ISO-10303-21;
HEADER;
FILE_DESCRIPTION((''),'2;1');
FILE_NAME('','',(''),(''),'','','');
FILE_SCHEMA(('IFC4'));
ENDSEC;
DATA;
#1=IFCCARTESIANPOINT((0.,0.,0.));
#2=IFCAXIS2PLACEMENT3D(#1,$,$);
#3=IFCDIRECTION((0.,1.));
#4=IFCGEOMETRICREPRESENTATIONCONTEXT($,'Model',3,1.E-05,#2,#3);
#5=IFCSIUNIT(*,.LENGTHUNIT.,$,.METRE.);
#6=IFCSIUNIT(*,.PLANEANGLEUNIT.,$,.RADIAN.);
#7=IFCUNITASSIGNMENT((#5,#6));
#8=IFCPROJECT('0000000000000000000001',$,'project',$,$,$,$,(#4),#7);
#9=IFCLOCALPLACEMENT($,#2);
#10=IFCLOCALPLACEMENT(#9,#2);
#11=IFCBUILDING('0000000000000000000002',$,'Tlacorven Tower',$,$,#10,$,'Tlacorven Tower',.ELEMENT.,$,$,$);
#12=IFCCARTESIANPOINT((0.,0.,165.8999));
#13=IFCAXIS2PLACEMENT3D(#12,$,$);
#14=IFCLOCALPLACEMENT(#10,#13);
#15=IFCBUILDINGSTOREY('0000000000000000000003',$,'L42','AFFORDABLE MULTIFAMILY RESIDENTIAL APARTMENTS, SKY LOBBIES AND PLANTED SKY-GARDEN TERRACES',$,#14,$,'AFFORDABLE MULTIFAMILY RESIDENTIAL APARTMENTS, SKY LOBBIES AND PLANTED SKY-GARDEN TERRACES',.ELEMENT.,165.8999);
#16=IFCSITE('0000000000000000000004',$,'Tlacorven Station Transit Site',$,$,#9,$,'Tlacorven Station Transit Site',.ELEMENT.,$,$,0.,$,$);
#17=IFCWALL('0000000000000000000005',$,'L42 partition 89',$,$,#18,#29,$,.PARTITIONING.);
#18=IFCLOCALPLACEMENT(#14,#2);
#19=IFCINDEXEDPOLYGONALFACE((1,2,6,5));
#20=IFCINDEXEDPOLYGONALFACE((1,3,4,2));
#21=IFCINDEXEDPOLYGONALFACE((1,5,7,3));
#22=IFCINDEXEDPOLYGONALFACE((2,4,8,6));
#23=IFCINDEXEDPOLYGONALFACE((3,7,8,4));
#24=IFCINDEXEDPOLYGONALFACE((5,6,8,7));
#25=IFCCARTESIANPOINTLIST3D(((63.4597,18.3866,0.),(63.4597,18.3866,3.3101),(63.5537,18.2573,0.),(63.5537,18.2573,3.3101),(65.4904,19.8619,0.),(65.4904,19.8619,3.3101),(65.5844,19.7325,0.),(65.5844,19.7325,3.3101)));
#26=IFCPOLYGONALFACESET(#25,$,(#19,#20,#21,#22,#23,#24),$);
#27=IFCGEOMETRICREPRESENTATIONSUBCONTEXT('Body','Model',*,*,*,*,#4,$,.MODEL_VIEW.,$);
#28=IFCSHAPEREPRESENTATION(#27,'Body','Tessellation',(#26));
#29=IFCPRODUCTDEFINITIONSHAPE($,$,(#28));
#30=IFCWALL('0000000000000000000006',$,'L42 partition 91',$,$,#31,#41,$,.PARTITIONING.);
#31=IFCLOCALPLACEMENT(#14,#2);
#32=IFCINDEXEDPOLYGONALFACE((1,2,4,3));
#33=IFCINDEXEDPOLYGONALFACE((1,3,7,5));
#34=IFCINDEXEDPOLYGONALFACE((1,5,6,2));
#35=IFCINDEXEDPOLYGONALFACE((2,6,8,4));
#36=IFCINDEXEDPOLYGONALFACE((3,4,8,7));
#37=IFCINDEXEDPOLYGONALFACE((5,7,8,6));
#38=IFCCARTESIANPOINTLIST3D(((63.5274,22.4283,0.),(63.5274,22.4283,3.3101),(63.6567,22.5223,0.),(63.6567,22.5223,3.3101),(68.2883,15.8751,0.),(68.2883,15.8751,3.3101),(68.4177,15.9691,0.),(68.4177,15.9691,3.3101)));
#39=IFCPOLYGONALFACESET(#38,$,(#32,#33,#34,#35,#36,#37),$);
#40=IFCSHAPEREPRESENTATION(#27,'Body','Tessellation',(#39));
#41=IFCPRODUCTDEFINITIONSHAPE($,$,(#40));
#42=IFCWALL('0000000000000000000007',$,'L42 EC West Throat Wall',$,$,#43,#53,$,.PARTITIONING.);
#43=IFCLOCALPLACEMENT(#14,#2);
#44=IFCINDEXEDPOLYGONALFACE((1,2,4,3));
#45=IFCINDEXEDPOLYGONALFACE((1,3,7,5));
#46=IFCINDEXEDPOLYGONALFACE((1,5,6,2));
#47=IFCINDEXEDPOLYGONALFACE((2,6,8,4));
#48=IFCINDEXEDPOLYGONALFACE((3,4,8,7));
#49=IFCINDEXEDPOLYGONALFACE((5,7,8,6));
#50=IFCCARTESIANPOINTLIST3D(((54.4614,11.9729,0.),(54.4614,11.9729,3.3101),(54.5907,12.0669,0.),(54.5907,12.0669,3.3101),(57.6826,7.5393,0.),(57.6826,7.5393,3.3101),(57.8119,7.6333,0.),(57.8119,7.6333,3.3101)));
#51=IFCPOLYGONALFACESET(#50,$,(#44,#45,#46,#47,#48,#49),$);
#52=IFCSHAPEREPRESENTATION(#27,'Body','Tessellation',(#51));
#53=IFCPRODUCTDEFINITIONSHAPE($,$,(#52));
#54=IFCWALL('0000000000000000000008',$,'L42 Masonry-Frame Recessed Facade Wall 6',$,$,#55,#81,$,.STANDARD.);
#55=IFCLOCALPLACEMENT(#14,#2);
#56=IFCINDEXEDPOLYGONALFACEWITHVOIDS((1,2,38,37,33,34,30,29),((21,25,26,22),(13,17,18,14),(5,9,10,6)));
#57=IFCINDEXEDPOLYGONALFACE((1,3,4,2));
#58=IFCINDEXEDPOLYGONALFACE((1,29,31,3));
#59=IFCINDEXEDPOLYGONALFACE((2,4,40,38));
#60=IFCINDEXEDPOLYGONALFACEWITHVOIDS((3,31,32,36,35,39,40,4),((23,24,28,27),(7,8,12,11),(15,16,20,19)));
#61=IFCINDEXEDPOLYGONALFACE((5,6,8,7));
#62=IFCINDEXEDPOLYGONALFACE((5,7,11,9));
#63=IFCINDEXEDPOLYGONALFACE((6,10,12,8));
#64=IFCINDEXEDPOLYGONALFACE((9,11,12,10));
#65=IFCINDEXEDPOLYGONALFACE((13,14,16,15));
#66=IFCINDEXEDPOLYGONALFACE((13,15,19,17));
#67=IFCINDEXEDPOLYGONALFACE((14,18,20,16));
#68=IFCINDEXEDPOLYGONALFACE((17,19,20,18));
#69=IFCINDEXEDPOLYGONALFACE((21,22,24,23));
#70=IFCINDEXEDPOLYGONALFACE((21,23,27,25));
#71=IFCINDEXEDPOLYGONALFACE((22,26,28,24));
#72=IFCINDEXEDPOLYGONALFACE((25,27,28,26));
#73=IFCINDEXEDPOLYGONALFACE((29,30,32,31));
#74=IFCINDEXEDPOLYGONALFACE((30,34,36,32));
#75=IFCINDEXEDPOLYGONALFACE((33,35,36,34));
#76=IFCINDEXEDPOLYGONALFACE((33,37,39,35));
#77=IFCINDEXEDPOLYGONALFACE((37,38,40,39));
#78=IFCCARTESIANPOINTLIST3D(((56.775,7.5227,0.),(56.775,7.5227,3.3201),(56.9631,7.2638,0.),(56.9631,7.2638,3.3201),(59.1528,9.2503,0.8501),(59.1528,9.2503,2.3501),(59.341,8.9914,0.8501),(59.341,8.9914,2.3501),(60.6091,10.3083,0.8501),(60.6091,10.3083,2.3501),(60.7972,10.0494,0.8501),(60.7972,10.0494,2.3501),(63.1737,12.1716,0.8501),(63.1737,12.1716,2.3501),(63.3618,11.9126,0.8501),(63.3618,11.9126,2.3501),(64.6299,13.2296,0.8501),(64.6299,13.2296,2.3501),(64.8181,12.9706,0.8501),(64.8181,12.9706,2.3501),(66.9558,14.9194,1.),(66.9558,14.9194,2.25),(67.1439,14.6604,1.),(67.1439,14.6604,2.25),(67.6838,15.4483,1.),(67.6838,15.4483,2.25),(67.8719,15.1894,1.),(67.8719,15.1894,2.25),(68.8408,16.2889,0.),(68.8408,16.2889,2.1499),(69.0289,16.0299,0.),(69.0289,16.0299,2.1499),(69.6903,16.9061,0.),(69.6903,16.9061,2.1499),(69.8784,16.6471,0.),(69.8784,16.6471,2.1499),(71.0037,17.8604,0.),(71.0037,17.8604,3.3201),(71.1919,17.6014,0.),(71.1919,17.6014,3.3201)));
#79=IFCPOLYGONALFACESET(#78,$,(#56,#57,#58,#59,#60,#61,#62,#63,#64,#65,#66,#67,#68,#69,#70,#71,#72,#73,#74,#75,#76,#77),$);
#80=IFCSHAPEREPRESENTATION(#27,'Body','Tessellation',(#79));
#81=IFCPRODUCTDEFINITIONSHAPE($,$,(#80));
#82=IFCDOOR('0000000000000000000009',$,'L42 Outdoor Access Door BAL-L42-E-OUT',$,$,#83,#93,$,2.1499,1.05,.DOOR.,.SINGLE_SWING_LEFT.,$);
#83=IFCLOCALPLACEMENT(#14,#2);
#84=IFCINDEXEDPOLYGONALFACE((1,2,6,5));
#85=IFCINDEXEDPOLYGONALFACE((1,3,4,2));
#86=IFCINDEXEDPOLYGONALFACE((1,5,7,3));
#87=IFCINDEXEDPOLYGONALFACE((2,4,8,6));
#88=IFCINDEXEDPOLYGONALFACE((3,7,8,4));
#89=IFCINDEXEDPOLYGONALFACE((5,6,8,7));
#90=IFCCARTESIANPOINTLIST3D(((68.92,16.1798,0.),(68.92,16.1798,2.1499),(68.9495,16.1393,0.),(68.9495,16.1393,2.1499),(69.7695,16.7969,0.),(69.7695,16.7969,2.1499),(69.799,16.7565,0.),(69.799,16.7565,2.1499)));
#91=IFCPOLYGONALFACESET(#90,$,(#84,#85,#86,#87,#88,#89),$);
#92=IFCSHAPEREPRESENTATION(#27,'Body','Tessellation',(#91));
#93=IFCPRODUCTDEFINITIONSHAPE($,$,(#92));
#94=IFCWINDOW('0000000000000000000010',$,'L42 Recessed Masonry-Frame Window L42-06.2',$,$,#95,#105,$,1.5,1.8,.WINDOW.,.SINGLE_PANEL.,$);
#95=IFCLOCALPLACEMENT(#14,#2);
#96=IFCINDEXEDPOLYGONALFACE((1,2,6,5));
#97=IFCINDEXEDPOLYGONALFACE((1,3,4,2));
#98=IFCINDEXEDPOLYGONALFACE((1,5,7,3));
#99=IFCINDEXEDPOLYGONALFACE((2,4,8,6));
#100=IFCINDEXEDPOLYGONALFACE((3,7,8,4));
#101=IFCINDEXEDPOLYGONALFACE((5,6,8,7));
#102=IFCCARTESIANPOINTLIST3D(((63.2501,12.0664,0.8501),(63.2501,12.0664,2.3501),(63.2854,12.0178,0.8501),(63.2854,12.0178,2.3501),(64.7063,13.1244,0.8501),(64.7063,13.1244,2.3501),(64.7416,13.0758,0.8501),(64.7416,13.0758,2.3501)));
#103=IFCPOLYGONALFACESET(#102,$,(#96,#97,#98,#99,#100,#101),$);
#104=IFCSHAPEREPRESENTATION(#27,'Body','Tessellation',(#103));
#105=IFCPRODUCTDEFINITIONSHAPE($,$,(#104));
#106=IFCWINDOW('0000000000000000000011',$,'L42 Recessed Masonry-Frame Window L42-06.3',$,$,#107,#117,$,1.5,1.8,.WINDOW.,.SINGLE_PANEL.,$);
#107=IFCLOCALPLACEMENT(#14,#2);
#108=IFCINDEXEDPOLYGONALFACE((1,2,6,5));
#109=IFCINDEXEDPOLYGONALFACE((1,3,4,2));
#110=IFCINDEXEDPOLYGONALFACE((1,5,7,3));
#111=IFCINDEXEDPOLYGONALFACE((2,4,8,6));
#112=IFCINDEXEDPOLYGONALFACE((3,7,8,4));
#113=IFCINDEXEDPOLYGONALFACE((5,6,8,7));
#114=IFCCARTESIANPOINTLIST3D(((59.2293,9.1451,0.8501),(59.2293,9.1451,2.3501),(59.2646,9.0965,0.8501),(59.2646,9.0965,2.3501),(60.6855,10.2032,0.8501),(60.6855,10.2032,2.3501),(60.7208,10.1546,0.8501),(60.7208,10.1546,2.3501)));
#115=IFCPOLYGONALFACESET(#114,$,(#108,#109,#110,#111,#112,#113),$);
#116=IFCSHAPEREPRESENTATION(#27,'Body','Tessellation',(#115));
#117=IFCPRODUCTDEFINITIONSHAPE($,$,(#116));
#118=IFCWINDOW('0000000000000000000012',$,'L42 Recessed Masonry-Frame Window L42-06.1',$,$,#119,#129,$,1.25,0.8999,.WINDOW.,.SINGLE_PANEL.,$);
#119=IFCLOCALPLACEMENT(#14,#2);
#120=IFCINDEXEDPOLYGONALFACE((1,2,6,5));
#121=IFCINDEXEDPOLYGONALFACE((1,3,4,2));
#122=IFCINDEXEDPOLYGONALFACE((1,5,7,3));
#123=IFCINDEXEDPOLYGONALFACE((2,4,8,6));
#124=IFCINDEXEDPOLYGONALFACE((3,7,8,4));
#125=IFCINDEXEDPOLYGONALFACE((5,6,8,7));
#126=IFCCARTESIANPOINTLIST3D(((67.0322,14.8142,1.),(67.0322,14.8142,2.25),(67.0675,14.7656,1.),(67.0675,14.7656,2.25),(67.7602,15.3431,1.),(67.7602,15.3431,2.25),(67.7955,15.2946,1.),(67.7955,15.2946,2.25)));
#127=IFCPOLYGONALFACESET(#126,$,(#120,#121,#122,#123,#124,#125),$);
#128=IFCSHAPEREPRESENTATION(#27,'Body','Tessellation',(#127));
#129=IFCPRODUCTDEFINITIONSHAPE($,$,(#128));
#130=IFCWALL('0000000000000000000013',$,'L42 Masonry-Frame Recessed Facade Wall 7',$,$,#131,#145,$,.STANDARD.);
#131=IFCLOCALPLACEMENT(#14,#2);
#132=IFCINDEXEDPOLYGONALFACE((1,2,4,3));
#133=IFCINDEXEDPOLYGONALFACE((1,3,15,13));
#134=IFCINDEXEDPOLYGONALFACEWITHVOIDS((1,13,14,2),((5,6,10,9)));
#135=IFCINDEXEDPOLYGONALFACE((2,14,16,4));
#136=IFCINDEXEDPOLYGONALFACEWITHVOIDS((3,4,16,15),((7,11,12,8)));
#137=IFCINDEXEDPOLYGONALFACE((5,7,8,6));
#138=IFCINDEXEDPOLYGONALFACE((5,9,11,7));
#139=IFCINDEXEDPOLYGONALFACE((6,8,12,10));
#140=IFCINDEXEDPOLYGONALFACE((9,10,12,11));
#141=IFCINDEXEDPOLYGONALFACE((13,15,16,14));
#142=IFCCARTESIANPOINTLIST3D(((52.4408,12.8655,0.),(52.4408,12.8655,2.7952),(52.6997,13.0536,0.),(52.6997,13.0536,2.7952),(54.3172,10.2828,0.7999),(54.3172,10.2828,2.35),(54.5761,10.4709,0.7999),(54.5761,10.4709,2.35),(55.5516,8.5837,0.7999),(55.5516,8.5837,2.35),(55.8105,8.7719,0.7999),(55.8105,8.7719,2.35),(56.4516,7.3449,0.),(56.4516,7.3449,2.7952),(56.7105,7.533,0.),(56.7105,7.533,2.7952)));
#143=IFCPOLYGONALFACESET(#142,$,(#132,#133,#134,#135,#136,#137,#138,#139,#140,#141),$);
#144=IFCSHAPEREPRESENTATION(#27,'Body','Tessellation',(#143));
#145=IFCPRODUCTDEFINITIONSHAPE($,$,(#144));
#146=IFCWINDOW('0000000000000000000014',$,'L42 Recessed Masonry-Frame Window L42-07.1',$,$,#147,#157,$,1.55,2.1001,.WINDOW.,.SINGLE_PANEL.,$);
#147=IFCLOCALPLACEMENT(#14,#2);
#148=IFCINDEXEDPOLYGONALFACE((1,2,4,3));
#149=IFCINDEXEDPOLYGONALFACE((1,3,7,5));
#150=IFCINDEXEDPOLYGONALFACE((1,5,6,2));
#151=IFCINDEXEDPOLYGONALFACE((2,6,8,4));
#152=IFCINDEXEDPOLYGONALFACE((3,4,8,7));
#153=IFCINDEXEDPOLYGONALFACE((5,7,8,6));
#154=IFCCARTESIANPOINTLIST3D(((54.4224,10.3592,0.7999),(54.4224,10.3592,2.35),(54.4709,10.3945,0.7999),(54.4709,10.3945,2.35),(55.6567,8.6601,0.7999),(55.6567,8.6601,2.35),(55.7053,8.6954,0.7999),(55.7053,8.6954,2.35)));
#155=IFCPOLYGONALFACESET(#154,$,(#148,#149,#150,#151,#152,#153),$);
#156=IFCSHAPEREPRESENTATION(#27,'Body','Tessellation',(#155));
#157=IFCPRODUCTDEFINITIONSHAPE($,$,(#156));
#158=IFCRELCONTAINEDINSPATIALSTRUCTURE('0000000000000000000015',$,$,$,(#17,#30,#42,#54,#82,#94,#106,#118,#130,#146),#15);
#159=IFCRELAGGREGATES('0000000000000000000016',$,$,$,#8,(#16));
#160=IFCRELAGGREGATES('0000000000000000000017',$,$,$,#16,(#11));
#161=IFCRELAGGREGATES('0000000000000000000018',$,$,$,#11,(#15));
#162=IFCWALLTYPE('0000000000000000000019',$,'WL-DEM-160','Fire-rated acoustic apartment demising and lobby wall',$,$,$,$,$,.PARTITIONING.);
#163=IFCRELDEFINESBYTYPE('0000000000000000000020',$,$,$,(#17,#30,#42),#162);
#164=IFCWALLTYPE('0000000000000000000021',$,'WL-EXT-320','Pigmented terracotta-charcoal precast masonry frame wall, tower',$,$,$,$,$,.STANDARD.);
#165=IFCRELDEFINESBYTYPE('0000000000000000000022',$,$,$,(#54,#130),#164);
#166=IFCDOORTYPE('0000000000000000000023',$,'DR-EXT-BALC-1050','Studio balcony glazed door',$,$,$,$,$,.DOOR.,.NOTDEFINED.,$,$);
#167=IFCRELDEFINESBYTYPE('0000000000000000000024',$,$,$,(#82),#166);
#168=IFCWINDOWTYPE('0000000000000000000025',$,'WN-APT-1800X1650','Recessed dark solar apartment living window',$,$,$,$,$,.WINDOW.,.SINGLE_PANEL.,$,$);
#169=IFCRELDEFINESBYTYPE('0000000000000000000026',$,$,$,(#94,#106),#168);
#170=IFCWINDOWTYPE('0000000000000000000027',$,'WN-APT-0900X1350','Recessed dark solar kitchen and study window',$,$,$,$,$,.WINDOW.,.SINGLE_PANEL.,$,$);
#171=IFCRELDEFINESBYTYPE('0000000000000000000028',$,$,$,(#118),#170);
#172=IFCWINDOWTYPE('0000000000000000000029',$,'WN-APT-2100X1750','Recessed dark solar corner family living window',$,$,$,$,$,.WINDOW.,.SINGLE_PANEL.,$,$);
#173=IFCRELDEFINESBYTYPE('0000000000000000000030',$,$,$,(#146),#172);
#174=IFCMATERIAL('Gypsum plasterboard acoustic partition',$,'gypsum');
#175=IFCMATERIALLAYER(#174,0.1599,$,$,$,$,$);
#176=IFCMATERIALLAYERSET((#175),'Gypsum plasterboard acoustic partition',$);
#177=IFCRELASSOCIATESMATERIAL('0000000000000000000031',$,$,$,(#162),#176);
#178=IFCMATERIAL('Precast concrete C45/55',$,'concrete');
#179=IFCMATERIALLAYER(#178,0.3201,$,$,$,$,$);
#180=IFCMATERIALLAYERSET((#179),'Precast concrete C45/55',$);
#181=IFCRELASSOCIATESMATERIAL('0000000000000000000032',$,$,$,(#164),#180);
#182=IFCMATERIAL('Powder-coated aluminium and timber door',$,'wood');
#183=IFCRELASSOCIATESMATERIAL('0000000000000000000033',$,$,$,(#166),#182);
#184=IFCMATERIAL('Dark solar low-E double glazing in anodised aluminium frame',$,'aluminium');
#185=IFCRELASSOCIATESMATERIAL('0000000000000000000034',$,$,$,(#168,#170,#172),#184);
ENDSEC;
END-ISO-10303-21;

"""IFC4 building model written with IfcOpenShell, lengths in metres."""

from ifc_helpers import new_model, si_unit, direction, frame, frame_2d, origin, place, context, subcontext, project, spatial, rectangle, extrude, source, transform, mapped, material, layer, layer_set, type_object, element, fill, save


model = new_model("IFC4")

# Units and contexts
model_context = context("Model", 3, precision=1e-05, world=origin(), true_north=direction((0.0, 1.0)))
body_context = subcontext(model_context, "Body", "Model", "MODEL_VIEW")
ifc_project = project(units=[si_unit("LENGTHUNIT", "METRE"), si_unit("PLANEANGLEUNIT", "RADIAN")], contexts=[model_context])

# Site, building, storey
site_placement = place(None, origin())
site = spatial("IfcSite", under=ifc_project, at=site_placement, Name="Tlacorven Station Transit Site", LongName="Tlacorven Station Transit Site", CompositionType="ELEMENT", RefElevation=0.0)
building_placement = place(site_placement, origin())
building = spatial("IfcBuilding", under=site, at=building_placement, Name="Tlacorven Tower", LongName="Tlacorven Tower", CompositionType="ELEMENT")
storey_placement = place(building_placement, frame((0.0, 0.0, 165.8999)))
storey = spatial("IfcBuildingStorey", under=building, at=storey_placement, Name="L42", Description="AFFORDABLE MULTIFAMILY RESIDENTIAL APARTMENTS, SKY LOBBIES AND PLANTED SKY-GARDEN TERRACES", LongName="AFFORDABLE MULTIFAMILY RESIDENTIAL APARTMENTS, SKY LOBBIES AND PLANTED SKY-GARDEN TERRACES", CompositionType="ELEMENT", Elevation=165.8999)

# Walls
ifc_material_1 = material(Name="Gypsum plasterboard acoustic partition", Category="gypsum")
ifc_layer_1 = layer(ifc_material_1, 0.1599)
ifc_layer_set_1 = layer_set([ifc_layer_1], Name="Gypsum plasterboard acoustic partition")
wall_type_1 = type_object("IfcWallType", Name="WL-DEM-160", Description="Fire-rated acoustic apartment demising and lobby wall", PredefinedType="PARTITIONING", material=ifc_layer_set_1)
wall_1_placement = place(storey_placement, frame((63.5068, 18.322, 0.0), z_axis=(0.0, 0.0, 1.0), x_axis=(0.809035, 0.587761, 0.0)))
element("IfcWall", 1, at=wall_1_placement, inside=storey, type_object=wall_type_1, Name="L42 partition 89", PredefinedType="PARTITIONING", context=body_context, shape_type="SweptSolid", body=[
    extrude(rectangle(XDim=2.51, YDim=0.1599, at=frame_2d((1.2549, 0.0))), origin(), (0.0, 0.0, 1.0), 3.3101),
])
wall_2_placement = place(storey_placement, frame((68.353, 15.9221, 0.0), z_axis=(0.0, 0.0, 1.0), x_axis=(-0.587768, 0.809029, 0.0)))
element("IfcWall", 2, at=wall_2_placement, inside=storey, type_object=wall_type_1, Name="L42 partition 91", PredefinedType="PARTITIONING", context=body_context, shape_type="SweptSolid", body=[
    extrude(rectangle(XDim=8.1001, YDim=0.1599, at=frame_2d((4.05, 0.0))), origin(), (0.0, 0.0, 1.0), 3.3101),
])
wall_3_placement = place(storey_placement, frame((57.7473, 7.5862, 0.0), z_axis=(0.0, 0.0, 1.0), x_axis=(-0.587785, 0.809017, 0.0)))
element("IfcWall", 3, at=wall_3_placement, inside=storey, type_object=wall_type_1, Name="L42 EC West Throat Wall", PredefinedType="PARTITIONING", context=body_context, shape_type="SweptSolid", body=[
    extrude(rectangle(XDim=5.4802, YDim=0.1599, at=frame_2d((2.7402, 0.0))), origin(), (0.0, 0.0, 1.0), 3.3101),
])

# Wall, openings, door, windows
ifc_material_2 = material(Name="Precast concrete C45/55", Category="concrete")
ifc_layer_2 = layer(ifc_material_2, 0.3201)
ifc_layer_set_2 = layer_set([ifc_layer_2], Name="Precast concrete C45/55")
wall_type_2 = type_object("IfcWallType", Name="WL-EXT-320", Description="Pigmented terracotta-charcoal precast masonry frame wall, tower", PredefinedType="STANDARD", material=ifc_layer_set_2)
wall_4_placement = place(storey_placement, frame((71.0979, 17.731, 0.0), z_axis=(0.0, 0.0, 1.0), x_axis=(-0.809021, -0.58778, 0.0)))
wall_4 = element("IfcWall", 4, at=wall_4_placement, inside=storey, type_object=wall_type_2, Name="L42 Masonry-Frame Recessed Facade Wall 6", PredefinedType="STANDARD", context=body_context, shape_type="SweptSolid", body=[
    extrude(rectangle(XDim=17.5876, YDim=0.3201, at=frame_2d((8.7939, 0.0))), origin(), (0.0, 0.0, 1.0), 3.3201),
])
opening_1_placement = place(wall_4_placement, frame((1.6238, 0.0, 0.0)))
opening_1 = element("IfcOpeningElement", 5, at=opening_1_placement, cuts=wall_4, PredefinedType="OPENING", context=body_context, shape_type="SweptSolid", body=[
    extrude(rectangle(XDim=1.05, YDim=2.1499, at=frame_2d((0.5249, 1.075))), frame((0.0, 0.1699, 0.0), z_axis=(0.0, -1.0, 0.0), x_axis=(1.0, 0.0, 0.0)), (0.0, 0.0, 1.0), 0.3401),
])
opening_2_placement = place(wall_4_placement, frame((4.1038, 0.0, 1.0)))
opening_2 = element("IfcOpeningElement", 6, at=opening_2_placement, cuts=wall_4, PredefinedType="OPENING", context=body_context, shape_type="SweptSolid", body=[
    extrude(rectangle(XDim=0.8999, YDim=1.25, at=frame_2d((0.45, 0.625))), frame((0.0, 0.1699, 0.0), z_axis=(0.0, -1.0, 0.0), x_axis=(1.0, 0.0, 0.0)), (0.0, 0.0, 1.0), 0.3401),
])
opening_3_placement = place(wall_4_placement, frame((7.8787, 0.0, 0.8501)))
opening_3 = element("IfcOpeningElement", 7, at=opening_3_placement, cuts=wall_4, PredefinedType="OPENING", context=body_context, shape_type="SweptSolid", body=[
    extrude(rectangle(XDim=1.8, YDim=1.5, at=frame_2d((0.8999, 0.75))), frame((0.0, 0.1699, 0.0), z_axis=(0.0, -1.0, 0.0), x_axis=(1.0, 0.0, 0.0)), (0.0, 0.0, 1.0), 0.3401),
])
opening_4_placement = place(wall_4_placement, frame((12.8486, 0.0, 0.8501)))
opening_4 = element("IfcOpeningElement", 8, at=opening_4_placement, cuts=wall_4, PredefinedType="OPENING", context=body_context, shape_type="SweptSolid", body=[
    extrude(rectangle(XDim=1.8, YDim=1.5, at=frame_2d((0.8999, 0.75))), frame((0.0, 0.1699, 0.0), z_axis=(0.0, -1.0, 0.0), x_axis=(1.0, 0.0, 0.0)), (0.0, 0.0, 1.0), 0.3401),
])
ifc_material_3 = material(Name="Powder-coated aluminium and timber door", Category="wood")
door_type_1 = type_object("IfcDoorType", Name="DR-EXT-BALC-1050", Description="Studio balcony glazed door", OperationType="NOTDEFINED", PredefinedType="DOOR", material=ifc_material_3)
shared_shape_1 = source(origin(), body_context, "Body", "SweptSolid", [
    extrude(rectangle(XDim=1.05, YDim=2.1499, at=frame_2d((0.5249, 1.075))), frame((0.0, 0.0249, 0.0), z_axis=(0.0, -1.0, 0.0), x_axis=(1.0, 0.0, 0.0)), (0.0, 0.0, 1.0), 0.05),
])
door_1_placement = place(opening_1_placement, origin())
door_1 = element("IfcDoor", 9, at=door_1_placement, inside=storey, type_object=door_type_1, Name="L42 Outdoor Access Door BAL-L42-E-OUT", OperationType="SINGLE_SWING_LEFT", OverallHeight=2.1499, OverallWidth=1.05, PredefinedType="DOOR", context=body_context, shape_type="MappedRepresentation", body=[
    mapped(shared_shape_1, transform((0.0, 0.0, 0.0), scale=1.0)),
])
fill(opening_1, door_1)
ifc_material_4 = material(Name="Dark solar low-E double glazing in anodised aluminium frame", Category="aluminium")
window_type_1 = type_object("IfcWindowType", Name="WN-APT-1800X1650", Description="Recessed dark solar apartment living window", PartitioningType="SINGLE_PANEL", PredefinedType="WINDOW", material=ifc_material_4)
shared_shape_2 = source(origin(), body_context, "Body", "SweptSolid", [
    extrude(rectangle(XDim=1.8, YDim=1.5, at=frame_2d((0.8999, 0.75))), frame((0.0, 0.03, 0.0), z_axis=(0.0, -1.0, 0.0), x_axis=(1.0, 0.0, 0.0)), (0.0, 0.0, 1.0), 0.0601),
])
window_1_placement = place(opening_3_placement, origin())
window_1 = element("IfcWindow", 10, at=window_1_placement, inside=storey, type_object=window_type_1, Name="L42 Recessed Masonry-Frame Window L42-06.2", OverallHeight=1.5, OverallWidth=1.8, PartitioningType="SINGLE_PANEL", PredefinedType="WINDOW", context=body_context, shape_type="MappedRepresentation", body=[
    mapped(shared_shape_2, transform((0.0, 0.0, 0.0), scale=1.0)),
])
fill(opening_3, window_1)
window_2_placement = place(opening_4_placement, origin())
window_2 = element("IfcWindow", 11, at=window_2_placement, inside=storey, type_object=window_type_1, Name="L42 Recessed Masonry-Frame Window L42-06.3", OverallHeight=1.5, OverallWidth=1.8, PartitioningType="SINGLE_PANEL", PredefinedType="WINDOW", context=body_context, shape_type="MappedRepresentation", body=[
    mapped(shared_shape_2, transform((0.0, 0.0, 0.0), scale=1.0)),
])
fill(opening_4, window_2)
window_type_2 = type_object("IfcWindowType", Name="WN-APT-0900X1350", Description="Recessed dark solar kitchen and study window", PartitioningType="SINGLE_PANEL", PredefinedType="WINDOW", material=ifc_material_4)
shared_shape_3 = source(origin(), body_context, "Body", "SweptSolid", [
    extrude(rectangle(XDim=0.8999, YDim=1.25, at=frame_2d((0.45, 0.625))), frame((0.0, 0.03, 0.0), z_axis=(0.0, -1.0, 0.0), x_axis=(1.0, 0.0, 0.0)), (0.0, 0.0, 1.0), 0.0601),
])
window_3_placement = place(opening_2_placement, origin())
window_3 = element("IfcWindow", 12, at=window_3_placement, inside=storey, type_object=window_type_2, Name="L42 Recessed Masonry-Frame Window L42-06.1", OverallHeight=1.25, OverallWidth=0.8999, PartitioningType="SINGLE_PANEL", PredefinedType="WINDOW", context=body_context, shape_type="MappedRepresentation", body=[
    mapped(shared_shape_3, transform((0.0, 0.0, 0.0), scale=1.0)),
])
fill(opening_2, window_3)

# Wall, opening, window
wall_5_placement = place(storey_placement, frame((56.5811, 7.439, 0.0), z_axis=(0.0, 0.0, 1.0), x_axis=(-0.587772, 0.809027, 0.0)))
wall_5 = element("IfcWall", 13, at=wall_5_placement, inside=storey, type_object=wall_type_2, Name="L42 Masonry-Frame Recessed Facade Wall 7", PredefinedType="STANDARD", context=body_context, shape_type="SweptSolid", body=[
    extrude(rectangle(XDim=6.8237, YDim=0.3201, at=frame_2d((3.4119, 0.0))), origin(), (0.0, 0.0, 1.0), 2.7952),
])
opening_5_placement = place(wall_5_placement, frame((1.5312, 0.0, 0.8)))
opening_5 = element("IfcOpeningElement", 14, at=opening_5_placement, cuts=wall_5, PredefinedType="OPENING", context=body_context, shape_type="SweptSolid", body=[
    extrude(rectangle(XDim=2.1001, YDim=1.55, at=frame_2d((1.05, 0.7749))), frame((0.0, 0.1699, 0.0), z_axis=(0.0, -1.0, 0.0), x_axis=(1.0, 0.0, 0.0)), (0.0, 0.0, 1.0), 0.3401),
])
window_type_3 = type_object("IfcWindowType", Name="WN-APT-2100X1750", Description="Recessed dark solar corner family living window", PartitioningType="SINGLE_PANEL", PredefinedType="WINDOW", material=ifc_material_4)
shared_shape_4 = source(origin(), body_context, "Body", "SweptSolid", [
    extrude(rectangle(XDim=2.1001, YDim=1.55, at=frame_2d((1.05, 0.7749))), frame((0.0, 0.03, 0.0), z_axis=(0.0, -1.0, 0.0), x_axis=(1.0, 0.0, 0.0)), (0.0, 0.0, 1.0), 0.0601),
])
window_4_placement = place(opening_5_placement, origin())
window_4 = element("IfcWindow", 15, at=window_4_placement, inside=storey, type_object=window_type_3, Name="L42 Recessed Masonry-Frame Window L42-07.1", OverallHeight=1.55, OverallWidth=2.1001, PartitioningType="SINGLE_PANEL", PredefinedType="WINDOW", context=body_context, shape_type="MappedRepresentation", body=[
    mapped(shared_shape_4, transform((0.0, 0.0, 0.0), scale=1.0)),
])
fill(opening_5, window_4)

save(model, "model.ifc")
